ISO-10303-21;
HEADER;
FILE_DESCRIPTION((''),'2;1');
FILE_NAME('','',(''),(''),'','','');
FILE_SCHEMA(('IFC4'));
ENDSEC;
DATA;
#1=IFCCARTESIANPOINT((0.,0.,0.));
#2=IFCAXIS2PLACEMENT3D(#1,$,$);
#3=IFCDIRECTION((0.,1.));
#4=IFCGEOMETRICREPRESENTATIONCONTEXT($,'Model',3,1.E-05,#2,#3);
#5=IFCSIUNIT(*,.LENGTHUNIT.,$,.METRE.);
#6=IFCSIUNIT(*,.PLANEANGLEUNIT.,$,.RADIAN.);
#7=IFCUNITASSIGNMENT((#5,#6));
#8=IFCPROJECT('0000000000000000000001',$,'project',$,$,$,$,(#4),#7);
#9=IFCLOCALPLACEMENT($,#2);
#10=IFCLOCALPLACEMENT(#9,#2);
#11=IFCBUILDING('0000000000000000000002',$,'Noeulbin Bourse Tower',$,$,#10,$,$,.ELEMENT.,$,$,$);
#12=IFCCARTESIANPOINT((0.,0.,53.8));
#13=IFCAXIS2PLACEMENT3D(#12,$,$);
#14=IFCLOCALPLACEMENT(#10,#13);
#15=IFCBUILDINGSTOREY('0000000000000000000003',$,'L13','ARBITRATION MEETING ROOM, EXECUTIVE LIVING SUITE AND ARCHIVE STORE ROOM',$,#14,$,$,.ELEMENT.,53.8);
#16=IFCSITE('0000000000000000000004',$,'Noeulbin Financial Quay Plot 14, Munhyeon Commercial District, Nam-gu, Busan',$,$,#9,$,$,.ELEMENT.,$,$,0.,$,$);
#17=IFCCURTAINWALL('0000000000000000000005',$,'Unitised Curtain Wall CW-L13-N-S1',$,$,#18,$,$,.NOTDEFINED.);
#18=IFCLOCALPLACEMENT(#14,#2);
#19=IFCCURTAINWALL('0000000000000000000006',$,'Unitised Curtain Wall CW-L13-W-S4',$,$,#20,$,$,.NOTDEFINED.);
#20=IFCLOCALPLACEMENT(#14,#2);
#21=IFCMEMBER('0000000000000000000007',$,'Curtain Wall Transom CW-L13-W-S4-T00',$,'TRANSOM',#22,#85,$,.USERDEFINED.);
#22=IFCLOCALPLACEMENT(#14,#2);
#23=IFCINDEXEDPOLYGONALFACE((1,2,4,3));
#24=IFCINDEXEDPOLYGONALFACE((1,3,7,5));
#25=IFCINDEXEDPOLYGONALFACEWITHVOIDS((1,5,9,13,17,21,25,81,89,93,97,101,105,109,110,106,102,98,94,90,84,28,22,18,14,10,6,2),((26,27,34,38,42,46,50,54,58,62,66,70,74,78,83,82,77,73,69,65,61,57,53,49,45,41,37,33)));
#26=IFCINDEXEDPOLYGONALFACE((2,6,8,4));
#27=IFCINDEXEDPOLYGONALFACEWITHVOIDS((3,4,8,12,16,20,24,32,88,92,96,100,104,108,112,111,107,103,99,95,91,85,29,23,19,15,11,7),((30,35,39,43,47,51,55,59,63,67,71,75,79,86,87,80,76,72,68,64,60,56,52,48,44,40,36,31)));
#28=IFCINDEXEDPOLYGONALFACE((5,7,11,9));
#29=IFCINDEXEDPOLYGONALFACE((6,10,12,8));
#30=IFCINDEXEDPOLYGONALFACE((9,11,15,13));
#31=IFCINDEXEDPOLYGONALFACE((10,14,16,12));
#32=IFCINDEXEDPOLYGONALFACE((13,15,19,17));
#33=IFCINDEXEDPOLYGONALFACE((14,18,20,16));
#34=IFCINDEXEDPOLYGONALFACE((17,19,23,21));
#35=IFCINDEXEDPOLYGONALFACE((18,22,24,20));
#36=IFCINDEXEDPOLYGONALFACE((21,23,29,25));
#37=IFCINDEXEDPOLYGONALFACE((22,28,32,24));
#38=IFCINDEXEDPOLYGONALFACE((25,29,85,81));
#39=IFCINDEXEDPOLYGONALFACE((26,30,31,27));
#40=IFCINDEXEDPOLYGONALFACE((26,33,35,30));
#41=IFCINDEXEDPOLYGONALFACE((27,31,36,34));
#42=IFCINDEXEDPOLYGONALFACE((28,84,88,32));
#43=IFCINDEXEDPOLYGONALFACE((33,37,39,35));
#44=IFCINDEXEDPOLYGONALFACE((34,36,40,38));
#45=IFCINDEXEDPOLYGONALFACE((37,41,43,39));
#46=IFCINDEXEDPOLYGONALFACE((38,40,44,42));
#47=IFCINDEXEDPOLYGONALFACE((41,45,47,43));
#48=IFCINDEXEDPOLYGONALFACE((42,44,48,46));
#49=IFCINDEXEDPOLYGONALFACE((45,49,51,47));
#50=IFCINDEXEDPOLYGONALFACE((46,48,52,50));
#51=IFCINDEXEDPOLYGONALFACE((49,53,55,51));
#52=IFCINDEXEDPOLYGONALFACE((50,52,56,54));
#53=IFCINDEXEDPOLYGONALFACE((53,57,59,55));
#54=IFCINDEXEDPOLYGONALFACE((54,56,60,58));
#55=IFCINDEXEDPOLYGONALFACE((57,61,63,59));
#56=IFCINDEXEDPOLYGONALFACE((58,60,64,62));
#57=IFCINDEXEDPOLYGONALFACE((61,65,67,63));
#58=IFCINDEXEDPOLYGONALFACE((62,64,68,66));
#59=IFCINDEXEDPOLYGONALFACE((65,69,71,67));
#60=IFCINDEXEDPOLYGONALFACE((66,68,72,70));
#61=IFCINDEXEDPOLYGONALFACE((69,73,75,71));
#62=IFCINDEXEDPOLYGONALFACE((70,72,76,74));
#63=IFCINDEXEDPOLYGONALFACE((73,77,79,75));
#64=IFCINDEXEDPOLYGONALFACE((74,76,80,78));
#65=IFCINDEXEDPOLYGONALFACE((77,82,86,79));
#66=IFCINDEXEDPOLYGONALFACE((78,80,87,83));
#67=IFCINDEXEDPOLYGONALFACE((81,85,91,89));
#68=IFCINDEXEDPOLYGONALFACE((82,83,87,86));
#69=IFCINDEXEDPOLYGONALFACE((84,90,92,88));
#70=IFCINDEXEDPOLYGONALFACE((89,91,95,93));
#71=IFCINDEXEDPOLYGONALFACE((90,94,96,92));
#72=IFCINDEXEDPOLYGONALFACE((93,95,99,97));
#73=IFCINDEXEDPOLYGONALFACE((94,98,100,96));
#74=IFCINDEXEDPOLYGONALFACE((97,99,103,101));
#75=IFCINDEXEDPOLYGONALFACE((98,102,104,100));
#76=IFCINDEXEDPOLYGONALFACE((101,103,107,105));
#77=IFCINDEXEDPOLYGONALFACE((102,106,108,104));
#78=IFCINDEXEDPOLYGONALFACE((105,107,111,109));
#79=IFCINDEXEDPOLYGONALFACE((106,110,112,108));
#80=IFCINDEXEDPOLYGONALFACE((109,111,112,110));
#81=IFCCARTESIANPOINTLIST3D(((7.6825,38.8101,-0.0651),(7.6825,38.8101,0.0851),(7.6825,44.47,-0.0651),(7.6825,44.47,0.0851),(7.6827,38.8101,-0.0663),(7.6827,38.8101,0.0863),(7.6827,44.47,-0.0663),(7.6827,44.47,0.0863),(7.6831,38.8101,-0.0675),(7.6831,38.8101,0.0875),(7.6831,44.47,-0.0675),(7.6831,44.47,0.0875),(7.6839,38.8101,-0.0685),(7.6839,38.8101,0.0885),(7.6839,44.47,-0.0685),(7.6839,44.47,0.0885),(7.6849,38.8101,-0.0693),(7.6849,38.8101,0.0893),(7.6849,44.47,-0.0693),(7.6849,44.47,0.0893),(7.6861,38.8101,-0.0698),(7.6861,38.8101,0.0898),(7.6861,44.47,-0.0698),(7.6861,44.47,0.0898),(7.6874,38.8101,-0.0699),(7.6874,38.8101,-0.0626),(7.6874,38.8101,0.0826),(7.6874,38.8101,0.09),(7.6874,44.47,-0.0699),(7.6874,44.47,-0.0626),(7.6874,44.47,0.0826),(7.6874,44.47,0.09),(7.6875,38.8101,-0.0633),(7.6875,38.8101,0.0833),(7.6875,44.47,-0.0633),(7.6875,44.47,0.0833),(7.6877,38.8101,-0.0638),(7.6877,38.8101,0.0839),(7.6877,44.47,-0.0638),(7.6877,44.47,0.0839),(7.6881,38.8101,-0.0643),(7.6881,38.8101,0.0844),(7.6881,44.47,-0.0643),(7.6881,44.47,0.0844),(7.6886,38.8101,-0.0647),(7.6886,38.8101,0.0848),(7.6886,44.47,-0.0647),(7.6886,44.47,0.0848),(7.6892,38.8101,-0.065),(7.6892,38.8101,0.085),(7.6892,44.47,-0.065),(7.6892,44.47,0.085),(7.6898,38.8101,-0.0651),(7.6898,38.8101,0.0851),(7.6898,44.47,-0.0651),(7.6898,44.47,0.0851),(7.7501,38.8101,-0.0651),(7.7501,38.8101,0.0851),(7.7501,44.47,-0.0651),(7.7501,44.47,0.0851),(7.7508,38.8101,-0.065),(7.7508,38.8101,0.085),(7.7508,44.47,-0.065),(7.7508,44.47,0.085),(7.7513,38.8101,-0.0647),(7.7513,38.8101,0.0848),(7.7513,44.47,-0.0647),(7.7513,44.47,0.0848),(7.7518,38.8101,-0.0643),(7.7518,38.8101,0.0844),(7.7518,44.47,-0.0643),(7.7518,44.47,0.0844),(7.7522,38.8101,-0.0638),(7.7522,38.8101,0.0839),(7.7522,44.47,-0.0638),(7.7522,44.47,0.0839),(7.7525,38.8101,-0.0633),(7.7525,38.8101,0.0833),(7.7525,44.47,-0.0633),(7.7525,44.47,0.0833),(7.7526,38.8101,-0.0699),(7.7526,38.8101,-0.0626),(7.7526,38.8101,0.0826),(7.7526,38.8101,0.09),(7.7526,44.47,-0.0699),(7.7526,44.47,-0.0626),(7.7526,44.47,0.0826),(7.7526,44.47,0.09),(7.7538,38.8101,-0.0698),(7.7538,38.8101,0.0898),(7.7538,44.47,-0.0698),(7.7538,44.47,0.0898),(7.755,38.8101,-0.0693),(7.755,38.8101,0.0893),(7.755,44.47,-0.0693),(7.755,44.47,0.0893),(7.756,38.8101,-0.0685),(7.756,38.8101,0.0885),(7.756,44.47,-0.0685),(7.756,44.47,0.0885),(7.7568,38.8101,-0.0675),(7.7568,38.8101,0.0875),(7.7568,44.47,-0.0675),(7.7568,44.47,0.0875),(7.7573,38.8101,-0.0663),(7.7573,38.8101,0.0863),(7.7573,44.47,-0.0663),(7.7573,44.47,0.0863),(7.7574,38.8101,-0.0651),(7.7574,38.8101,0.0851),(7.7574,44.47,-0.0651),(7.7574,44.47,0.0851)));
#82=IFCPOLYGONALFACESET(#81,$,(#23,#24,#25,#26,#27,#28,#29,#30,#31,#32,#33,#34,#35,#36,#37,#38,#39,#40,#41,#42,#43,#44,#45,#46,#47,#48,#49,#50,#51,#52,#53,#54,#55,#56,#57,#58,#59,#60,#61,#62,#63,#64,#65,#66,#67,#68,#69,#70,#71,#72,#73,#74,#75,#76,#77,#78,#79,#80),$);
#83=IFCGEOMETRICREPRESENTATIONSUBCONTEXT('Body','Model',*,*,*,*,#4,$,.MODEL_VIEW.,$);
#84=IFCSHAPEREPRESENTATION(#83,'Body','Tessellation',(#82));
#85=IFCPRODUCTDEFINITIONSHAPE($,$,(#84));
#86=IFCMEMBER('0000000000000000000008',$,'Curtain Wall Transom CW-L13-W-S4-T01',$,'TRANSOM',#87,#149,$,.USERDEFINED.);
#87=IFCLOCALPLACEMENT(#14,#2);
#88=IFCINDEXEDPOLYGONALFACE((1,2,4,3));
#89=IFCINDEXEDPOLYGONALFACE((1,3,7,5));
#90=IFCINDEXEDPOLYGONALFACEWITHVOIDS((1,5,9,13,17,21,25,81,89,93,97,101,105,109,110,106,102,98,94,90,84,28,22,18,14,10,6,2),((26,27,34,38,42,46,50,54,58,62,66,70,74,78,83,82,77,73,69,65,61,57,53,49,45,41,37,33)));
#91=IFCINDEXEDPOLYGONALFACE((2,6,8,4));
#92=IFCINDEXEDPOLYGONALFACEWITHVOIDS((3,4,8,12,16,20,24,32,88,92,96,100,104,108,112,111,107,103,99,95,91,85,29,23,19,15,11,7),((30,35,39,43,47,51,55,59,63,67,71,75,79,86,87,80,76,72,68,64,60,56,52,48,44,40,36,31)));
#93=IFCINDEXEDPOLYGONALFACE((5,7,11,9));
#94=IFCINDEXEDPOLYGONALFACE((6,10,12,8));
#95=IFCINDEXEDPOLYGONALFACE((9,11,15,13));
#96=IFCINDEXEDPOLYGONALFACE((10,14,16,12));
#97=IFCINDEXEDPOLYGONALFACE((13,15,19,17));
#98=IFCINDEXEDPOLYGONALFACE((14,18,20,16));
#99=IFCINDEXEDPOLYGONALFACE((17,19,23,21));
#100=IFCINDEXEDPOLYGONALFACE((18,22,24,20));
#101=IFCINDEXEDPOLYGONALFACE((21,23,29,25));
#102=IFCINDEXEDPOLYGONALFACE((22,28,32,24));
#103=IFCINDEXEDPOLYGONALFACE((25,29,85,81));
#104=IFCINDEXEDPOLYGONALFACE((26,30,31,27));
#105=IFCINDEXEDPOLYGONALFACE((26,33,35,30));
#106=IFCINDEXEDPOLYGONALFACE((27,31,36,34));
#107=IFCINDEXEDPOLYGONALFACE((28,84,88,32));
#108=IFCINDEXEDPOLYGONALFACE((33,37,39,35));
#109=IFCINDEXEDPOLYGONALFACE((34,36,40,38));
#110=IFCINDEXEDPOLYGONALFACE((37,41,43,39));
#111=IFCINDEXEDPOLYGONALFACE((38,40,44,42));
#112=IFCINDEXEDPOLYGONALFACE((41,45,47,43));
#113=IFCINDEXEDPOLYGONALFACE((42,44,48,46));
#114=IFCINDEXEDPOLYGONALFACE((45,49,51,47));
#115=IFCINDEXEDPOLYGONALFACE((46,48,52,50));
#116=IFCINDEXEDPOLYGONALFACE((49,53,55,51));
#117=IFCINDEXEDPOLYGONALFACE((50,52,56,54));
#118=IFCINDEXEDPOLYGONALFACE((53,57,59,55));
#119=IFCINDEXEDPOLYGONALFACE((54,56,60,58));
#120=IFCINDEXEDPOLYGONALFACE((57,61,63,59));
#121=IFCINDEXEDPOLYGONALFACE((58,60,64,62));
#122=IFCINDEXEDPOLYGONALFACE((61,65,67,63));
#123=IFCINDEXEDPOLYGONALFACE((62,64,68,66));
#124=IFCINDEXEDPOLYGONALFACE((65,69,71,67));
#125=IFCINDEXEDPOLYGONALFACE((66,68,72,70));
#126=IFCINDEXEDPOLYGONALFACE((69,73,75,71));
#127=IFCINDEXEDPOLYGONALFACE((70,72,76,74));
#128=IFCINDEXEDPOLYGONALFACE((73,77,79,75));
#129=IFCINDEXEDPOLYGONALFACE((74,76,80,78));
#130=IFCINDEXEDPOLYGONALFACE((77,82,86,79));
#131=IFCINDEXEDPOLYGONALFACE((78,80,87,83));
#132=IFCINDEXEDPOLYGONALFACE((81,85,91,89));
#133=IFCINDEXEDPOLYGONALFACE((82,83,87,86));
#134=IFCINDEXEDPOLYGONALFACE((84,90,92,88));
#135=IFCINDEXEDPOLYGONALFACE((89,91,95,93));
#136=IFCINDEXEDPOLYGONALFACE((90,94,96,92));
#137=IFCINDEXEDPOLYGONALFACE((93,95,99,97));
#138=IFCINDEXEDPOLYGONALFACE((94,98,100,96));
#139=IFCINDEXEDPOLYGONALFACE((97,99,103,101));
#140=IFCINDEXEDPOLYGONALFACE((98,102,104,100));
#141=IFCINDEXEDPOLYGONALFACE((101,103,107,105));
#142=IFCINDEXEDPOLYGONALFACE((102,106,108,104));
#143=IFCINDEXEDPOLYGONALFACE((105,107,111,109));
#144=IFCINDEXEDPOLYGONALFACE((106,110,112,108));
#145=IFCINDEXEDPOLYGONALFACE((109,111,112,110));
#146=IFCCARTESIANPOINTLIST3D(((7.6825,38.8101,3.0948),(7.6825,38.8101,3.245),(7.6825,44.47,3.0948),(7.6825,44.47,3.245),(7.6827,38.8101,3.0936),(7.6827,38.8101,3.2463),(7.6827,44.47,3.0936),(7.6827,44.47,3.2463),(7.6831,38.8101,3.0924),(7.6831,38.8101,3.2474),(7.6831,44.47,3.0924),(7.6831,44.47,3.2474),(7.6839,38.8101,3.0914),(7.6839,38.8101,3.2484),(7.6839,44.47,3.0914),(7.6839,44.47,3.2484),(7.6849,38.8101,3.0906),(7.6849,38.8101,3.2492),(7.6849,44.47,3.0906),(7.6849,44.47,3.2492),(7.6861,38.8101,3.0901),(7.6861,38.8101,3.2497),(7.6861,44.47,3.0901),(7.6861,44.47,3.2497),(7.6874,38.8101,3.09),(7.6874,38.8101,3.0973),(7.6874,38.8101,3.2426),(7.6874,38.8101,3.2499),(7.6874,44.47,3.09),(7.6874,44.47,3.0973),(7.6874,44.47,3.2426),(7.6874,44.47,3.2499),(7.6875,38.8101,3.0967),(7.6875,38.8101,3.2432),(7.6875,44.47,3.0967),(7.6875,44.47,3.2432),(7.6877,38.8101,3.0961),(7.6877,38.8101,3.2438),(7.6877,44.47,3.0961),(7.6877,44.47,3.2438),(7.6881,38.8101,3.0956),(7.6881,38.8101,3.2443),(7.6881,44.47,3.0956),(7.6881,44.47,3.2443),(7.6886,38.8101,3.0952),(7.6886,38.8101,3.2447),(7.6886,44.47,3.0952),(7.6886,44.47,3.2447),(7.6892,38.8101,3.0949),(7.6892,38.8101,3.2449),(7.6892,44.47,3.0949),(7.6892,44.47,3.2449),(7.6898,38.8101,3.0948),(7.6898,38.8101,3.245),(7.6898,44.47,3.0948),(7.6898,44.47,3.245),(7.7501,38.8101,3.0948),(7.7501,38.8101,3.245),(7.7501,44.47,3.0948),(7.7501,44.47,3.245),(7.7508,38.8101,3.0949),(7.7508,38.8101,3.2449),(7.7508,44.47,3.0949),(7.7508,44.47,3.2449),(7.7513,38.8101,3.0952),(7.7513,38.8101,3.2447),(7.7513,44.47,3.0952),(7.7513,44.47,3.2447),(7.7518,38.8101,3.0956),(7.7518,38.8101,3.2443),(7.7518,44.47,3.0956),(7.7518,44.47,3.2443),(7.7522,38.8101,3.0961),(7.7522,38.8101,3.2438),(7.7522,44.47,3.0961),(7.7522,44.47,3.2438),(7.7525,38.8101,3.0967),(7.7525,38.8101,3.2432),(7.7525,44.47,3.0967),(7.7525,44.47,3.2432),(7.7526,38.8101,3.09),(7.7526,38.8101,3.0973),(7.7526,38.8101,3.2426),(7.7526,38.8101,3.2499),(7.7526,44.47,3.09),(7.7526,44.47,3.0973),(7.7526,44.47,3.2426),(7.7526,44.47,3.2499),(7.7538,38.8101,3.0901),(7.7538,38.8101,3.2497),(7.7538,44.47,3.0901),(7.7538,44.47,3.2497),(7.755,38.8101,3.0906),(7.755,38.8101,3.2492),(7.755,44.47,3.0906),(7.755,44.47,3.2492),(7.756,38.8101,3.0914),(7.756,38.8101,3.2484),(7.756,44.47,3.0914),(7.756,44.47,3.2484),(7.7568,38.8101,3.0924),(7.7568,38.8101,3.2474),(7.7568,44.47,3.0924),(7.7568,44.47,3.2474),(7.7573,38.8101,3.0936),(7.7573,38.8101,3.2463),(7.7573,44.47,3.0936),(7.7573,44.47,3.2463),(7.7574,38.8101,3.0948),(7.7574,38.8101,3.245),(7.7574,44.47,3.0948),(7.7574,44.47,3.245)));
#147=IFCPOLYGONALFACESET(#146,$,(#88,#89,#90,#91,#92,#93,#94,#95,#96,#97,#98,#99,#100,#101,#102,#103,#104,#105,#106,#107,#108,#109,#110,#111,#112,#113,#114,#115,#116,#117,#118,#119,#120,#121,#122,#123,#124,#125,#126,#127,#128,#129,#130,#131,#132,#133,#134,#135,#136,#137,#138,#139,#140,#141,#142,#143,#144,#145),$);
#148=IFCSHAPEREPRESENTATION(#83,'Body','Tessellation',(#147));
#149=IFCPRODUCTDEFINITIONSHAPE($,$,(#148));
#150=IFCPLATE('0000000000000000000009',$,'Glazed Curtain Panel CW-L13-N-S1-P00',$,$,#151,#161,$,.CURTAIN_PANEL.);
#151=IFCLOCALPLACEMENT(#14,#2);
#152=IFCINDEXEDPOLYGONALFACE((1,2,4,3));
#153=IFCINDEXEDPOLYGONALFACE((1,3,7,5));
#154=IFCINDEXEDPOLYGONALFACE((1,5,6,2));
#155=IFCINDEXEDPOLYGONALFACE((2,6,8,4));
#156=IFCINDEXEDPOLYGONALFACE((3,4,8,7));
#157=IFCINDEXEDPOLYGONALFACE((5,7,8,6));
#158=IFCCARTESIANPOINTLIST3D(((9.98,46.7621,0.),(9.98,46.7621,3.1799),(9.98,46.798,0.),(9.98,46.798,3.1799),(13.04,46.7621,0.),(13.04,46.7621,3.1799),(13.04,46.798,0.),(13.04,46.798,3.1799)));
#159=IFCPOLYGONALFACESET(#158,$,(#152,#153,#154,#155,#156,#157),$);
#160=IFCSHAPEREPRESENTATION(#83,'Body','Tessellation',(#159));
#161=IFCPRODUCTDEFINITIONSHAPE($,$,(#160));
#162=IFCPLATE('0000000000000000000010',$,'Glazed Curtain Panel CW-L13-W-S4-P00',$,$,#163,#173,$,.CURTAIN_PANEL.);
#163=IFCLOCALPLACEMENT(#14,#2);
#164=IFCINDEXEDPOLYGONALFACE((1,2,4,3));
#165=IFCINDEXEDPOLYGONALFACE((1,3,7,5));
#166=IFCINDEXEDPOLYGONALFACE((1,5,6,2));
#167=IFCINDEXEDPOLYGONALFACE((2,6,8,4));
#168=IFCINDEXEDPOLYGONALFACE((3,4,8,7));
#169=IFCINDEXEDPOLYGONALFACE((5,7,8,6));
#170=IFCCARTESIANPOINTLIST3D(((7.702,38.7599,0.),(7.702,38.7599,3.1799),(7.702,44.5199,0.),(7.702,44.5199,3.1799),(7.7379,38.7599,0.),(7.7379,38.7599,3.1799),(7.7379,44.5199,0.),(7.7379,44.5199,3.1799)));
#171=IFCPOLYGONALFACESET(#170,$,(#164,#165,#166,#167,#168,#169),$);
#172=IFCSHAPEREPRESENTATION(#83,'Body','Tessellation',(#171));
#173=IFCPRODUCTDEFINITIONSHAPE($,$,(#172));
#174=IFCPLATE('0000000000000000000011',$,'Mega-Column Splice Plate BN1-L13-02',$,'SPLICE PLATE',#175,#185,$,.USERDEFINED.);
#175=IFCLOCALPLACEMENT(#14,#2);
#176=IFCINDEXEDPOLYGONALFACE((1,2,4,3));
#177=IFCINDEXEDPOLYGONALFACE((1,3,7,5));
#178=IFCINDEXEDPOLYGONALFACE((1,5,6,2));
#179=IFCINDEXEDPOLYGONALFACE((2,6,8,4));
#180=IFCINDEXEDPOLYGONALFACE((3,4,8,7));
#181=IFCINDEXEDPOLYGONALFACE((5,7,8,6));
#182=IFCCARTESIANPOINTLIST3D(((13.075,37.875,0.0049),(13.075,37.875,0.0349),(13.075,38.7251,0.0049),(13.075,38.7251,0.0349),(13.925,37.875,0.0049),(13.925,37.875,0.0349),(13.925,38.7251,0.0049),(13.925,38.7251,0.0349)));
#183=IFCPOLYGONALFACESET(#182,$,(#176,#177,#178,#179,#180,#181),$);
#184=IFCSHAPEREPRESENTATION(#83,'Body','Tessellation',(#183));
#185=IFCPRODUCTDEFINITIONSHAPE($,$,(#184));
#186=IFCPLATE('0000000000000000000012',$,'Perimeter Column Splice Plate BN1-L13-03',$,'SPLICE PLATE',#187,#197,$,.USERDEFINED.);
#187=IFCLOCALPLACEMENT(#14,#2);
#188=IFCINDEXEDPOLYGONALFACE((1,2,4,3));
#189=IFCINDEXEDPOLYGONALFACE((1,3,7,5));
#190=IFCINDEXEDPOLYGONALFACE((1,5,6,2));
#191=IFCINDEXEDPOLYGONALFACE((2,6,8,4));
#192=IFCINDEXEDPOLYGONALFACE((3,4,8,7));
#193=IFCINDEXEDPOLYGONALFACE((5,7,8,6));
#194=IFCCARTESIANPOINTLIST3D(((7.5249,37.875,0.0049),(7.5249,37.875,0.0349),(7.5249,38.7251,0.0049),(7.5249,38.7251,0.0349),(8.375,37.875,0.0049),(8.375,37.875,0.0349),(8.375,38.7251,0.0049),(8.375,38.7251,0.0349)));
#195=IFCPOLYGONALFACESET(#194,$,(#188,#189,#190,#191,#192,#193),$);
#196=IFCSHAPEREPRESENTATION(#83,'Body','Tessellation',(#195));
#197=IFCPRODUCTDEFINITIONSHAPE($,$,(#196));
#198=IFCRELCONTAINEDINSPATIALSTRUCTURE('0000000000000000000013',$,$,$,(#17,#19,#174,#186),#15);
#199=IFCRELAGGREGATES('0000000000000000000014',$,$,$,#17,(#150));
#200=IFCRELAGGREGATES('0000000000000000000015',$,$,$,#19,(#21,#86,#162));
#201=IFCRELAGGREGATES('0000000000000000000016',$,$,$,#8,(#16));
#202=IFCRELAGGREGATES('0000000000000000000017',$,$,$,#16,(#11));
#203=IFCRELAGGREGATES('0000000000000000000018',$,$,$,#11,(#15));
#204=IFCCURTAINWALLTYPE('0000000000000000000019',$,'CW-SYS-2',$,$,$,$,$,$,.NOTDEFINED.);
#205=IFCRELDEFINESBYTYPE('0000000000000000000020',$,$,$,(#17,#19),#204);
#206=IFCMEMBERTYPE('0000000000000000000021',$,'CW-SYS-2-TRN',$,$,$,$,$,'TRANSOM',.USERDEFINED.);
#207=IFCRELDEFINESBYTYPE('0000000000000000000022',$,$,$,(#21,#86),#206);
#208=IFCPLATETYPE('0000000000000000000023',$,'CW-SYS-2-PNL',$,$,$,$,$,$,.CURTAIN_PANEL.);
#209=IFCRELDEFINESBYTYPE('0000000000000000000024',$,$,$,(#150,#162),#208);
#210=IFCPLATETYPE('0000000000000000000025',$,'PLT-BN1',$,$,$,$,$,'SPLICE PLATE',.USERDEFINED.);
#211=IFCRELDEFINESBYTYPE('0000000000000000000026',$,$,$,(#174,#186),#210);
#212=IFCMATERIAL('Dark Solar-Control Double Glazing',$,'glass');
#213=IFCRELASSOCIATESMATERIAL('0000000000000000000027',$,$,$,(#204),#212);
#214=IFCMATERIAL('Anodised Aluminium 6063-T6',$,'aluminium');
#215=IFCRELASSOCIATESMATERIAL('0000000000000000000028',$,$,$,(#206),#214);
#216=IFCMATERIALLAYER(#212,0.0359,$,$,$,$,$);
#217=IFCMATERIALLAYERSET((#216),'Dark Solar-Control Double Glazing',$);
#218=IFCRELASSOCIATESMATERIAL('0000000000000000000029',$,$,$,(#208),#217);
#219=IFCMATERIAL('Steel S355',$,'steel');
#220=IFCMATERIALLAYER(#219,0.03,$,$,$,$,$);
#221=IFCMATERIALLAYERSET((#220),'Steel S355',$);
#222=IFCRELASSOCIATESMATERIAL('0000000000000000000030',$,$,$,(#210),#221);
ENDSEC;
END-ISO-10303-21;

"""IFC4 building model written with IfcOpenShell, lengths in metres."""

from ifc_helpers import new_model, si_unit, direction, frame, origin, origin_2d, place, context, subcontext, project, spatial, rectangle, hollow_rectangle, extrude, material, layer, layer_set, material_profile, profile_set, type_object, element, aggregate, save


model = new_model("IFC4")

# Units and contexts
model_context = context("Model", 3, precision=1e-05, world=origin(), true_north=direction((0.0, 1.0)))
body_context = subcontext(model_context, "Body", "Model", "MODEL_VIEW")
ifc_project = project(units=[si_unit("LENGTHUNIT", "METRE"), si_unit("PLANEANGLEUNIT", "RADIAN")], contexts=[model_context])

# Site, building, storey
site_placement = place(None, origin())
site = spatial("IfcSite", under=ifc_project, at=site_placement, Name="Noeulbin Financial Quay Plot 14, Munhyeon Commercial District, Nam-gu, Busan", CompositionType="ELEMENT", RefElevation=0.0)
building_placement = place(site_placement, origin())
building = spatial("IfcBuilding", under=site, at=building_placement, Name="Noeulbin Bourse Tower", CompositionType="ELEMENT")
storey_placement = place(building_placement, frame((0.0, 0.0, 53.8)))
storey = spatial("IfcBuildingStorey", under=building, at=storey_placement, Name="L13", Description="ARBITRATION MEETING ROOM, EXECUTIVE LIVING SUITE AND ARCHIVE STORE ROOM", CompositionType="ELEMENT", Elevation=53.8)

# Curtain wall
ifc_material_1 = material(Name="Dark Solar-Control Double Glazing", Category="glass")
curtain_wall_type = type_object("IfcCurtainWallType", Name="CW-SYS-2", PredefinedType="NOTDEFINED", material=ifc_material_1)
curtain_wall_1_placement = place(storey_placement, origin())
curtain_wall_1 = element("IfcCurtainWall", 1, at=curtain_wall_1_placement, inside=storey, type_object=curtain_wall_type, Name="Unitised Curtain Wall CW-L13-N-S1", PredefinedType="NOTDEFINED")
ifc_material_2 = material(Name="Anodised Aluminium 6063-T6", Category="aluminium")

# Curtain wall
curtain_wall_2_placement = place(storey_placement, origin())
curtain_wall_2 = element("IfcCurtainWall", 2, at=curtain_wall_2_placement, inside=storey, type_object=curtain_wall_type, Name="Unitised Curtain Wall CW-L13-W-S4", PredefinedType="NOTDEFINED")

# Members
ifc_material_profile_1 = material_profile(ifc_material_2, hollow_rectangle(XDim=0.075, YDim=0.1599, WallThickness=0.0049, InnerFilletRadius=0.0024, OuterFilletRadius=0.0049, at=origin_2d()), Name="ALU-TRAN-75x160x5", Category="LoadBearing")
ifc_profile_set_1 = profile_set([ifc_material_profile_1], Name="Anodised Aluminium 6063-T6")
member_type_1 = type_object("IfcMemberType", Name="CW-SYS-2-TRN", ElementType="TRANSOM", PredefinedType="USERDEFINED", material=ifc_profile_set_1)
member_1_placement = place(storey_placement, frame((7.72, 38.8101, 0.01), z_axis=(0.0, 1.0, 0.0), x_axis=(-1.0, 0.0, 0.0)))
member_1 = element("IfcMember", 3, at=member_1_placement, type_object=member_type_1, Name="Curtain Wall Transom CW-L13-W-S4-T00", ObjectType="TRANSOM", PredefinedType="USERDEFINED", context=body_context, shape_type="SweptSolid", body=[
    extrude(hollow_rectangle(XDim=0.075, YDim=0.1599, WallThickness=0.0049, InnerFilletRadius=0.0024, OuterFilletRadius=0.0049, at=origin_2d()), origin(), (0.0, 0.0, 1.0), 5.6599),
])
member_2_placement = place(storey_placement, frame((7.72, 38.8101, 3.1699), z_axis=(0.0, 1.0, 0.0), x_axis=(-1.0, 0.0, 0.0)))
member_2 = element("IfcMember", 4, at=member_2_placement, type_object=member_type_1, Name="Curtain Wall Transom CW-L13-W-S4-T01", ObjectType="TRANSOM", PredefinedType="USERDEFINED", context=body_context, shape_type="SweptSolid", body=[
    extrude(hollow_rectangle(XDim=0.075, YDim=0.1599, WallThickness=0.0049, InnerFilletRadius=0.0024, OuterFilletRadius=0.0049, at=origin_2d()), origin(), (0.0, 0.0, 1.0), 5.6599),
])

# Plates
ifc_layer_1 = layer(ifc_material_1, 0.0359)
ifc_layer_set_1 = layer_set([ifc_layer_1], Name="Dark Solar-Control Double Glazing")
plate_type_1 = type_object("IfcPlateType", Name="CW-SYS-2-PNL", PredefinedType="CURTAIN_PANEL", material=ifc_layer_set_1)
plate_1_placement = place(storey_placement, frame((11.51, 46.78, 0.0), z_axis=(0.0, 0.0, 1.0), x_axis=(1.0, 0.0, 0.0)))
plate_1 = element("IfcPlate", 5, at=plate_1_placement, type_object=plate_type_1, Name="Glazed Curtain Panel CW-L13-N-S1-P00", PredefinedType="CURTAIN_PANEL", context=body_context, shape_type="SweptSolid", body=[
    extrude(rectangle(XDim=3.0601, YDim=0.0359, at=origin_2d()), origin(), (0.0, 0.0, 1.0), 3.1799),
])
aggregate(curtain_wall_1, [plate_1])
plate_2_placement = place(storey_placement, frame((7.72, 41.6399, 0.0), z_axis=(0.0, 0.0, 1.0), x_axis=(0.0, 1.0, 0.0)))
plate_2 = element("IfcPlate", 6, at=plate_2_placement, type_object=plate_type_1, Name="Glazed Curtain Panel CW-L13-W-S4-P00", PredefinedType="CURTAIN_PANEL", context=body_context, shape_type="SweptSolid", body=[
    extrude(rectangle(XDim=5.76, YDim=0.0359, at=origin_2d()), origin(), (0.0, 0.0, 1.0), 3.1799),
])
aggregate(curtain_wall_2, [member_1, member_2, plate_2])

# Plates
ifc_material_3 = material(Name="Steel S355", Category="steel")
ifc_layer_2 = layer(ifc_material_3, 0.03)
ifc_layer_set_2 = layer_set([ifc_layer_2], Name="Steel S355")
plate_type_2 = type_object("IfcPlateType", Name="PLT-BN1", ElementType="SPLICE PLATE", PredefinedType="USERDEFINED", material=ifc_layer_set_2)
for number, where, z_axis, x_axis, name in (
    (7, (13.5, 38.3, 0.0049), (0.0, 0.0, 1.0), (1.0, 0.0, 0.0), "Mega-Column Splice Plate BN1-L13-02"),
    (8, (7.95, 38.3, 0.0049), (0.0, 0.0, 1.0), (1.0, 0.0, 0.0), "Perimeter Column Splice Plate BN1-L13-03"),
):
    element("IfcPlate", number, at=place(storey_placement, frame(where, z_axis=z_axis, x_axis=x_axis)), inside=storey, type_object=plate_type_2, Name=name, ObjectType="SPLICE PLATE", PredefinedType="USERDEFINED", context=body_context, shape_type="SweptSolid", body=[
        extrude(rectangle(XDim=0.8501, YDim=0.8501, at=origin_2d()), origin(), (0.0, 0.0, 1.0), 0.03),
    ])

save(model, "model.ifc")
